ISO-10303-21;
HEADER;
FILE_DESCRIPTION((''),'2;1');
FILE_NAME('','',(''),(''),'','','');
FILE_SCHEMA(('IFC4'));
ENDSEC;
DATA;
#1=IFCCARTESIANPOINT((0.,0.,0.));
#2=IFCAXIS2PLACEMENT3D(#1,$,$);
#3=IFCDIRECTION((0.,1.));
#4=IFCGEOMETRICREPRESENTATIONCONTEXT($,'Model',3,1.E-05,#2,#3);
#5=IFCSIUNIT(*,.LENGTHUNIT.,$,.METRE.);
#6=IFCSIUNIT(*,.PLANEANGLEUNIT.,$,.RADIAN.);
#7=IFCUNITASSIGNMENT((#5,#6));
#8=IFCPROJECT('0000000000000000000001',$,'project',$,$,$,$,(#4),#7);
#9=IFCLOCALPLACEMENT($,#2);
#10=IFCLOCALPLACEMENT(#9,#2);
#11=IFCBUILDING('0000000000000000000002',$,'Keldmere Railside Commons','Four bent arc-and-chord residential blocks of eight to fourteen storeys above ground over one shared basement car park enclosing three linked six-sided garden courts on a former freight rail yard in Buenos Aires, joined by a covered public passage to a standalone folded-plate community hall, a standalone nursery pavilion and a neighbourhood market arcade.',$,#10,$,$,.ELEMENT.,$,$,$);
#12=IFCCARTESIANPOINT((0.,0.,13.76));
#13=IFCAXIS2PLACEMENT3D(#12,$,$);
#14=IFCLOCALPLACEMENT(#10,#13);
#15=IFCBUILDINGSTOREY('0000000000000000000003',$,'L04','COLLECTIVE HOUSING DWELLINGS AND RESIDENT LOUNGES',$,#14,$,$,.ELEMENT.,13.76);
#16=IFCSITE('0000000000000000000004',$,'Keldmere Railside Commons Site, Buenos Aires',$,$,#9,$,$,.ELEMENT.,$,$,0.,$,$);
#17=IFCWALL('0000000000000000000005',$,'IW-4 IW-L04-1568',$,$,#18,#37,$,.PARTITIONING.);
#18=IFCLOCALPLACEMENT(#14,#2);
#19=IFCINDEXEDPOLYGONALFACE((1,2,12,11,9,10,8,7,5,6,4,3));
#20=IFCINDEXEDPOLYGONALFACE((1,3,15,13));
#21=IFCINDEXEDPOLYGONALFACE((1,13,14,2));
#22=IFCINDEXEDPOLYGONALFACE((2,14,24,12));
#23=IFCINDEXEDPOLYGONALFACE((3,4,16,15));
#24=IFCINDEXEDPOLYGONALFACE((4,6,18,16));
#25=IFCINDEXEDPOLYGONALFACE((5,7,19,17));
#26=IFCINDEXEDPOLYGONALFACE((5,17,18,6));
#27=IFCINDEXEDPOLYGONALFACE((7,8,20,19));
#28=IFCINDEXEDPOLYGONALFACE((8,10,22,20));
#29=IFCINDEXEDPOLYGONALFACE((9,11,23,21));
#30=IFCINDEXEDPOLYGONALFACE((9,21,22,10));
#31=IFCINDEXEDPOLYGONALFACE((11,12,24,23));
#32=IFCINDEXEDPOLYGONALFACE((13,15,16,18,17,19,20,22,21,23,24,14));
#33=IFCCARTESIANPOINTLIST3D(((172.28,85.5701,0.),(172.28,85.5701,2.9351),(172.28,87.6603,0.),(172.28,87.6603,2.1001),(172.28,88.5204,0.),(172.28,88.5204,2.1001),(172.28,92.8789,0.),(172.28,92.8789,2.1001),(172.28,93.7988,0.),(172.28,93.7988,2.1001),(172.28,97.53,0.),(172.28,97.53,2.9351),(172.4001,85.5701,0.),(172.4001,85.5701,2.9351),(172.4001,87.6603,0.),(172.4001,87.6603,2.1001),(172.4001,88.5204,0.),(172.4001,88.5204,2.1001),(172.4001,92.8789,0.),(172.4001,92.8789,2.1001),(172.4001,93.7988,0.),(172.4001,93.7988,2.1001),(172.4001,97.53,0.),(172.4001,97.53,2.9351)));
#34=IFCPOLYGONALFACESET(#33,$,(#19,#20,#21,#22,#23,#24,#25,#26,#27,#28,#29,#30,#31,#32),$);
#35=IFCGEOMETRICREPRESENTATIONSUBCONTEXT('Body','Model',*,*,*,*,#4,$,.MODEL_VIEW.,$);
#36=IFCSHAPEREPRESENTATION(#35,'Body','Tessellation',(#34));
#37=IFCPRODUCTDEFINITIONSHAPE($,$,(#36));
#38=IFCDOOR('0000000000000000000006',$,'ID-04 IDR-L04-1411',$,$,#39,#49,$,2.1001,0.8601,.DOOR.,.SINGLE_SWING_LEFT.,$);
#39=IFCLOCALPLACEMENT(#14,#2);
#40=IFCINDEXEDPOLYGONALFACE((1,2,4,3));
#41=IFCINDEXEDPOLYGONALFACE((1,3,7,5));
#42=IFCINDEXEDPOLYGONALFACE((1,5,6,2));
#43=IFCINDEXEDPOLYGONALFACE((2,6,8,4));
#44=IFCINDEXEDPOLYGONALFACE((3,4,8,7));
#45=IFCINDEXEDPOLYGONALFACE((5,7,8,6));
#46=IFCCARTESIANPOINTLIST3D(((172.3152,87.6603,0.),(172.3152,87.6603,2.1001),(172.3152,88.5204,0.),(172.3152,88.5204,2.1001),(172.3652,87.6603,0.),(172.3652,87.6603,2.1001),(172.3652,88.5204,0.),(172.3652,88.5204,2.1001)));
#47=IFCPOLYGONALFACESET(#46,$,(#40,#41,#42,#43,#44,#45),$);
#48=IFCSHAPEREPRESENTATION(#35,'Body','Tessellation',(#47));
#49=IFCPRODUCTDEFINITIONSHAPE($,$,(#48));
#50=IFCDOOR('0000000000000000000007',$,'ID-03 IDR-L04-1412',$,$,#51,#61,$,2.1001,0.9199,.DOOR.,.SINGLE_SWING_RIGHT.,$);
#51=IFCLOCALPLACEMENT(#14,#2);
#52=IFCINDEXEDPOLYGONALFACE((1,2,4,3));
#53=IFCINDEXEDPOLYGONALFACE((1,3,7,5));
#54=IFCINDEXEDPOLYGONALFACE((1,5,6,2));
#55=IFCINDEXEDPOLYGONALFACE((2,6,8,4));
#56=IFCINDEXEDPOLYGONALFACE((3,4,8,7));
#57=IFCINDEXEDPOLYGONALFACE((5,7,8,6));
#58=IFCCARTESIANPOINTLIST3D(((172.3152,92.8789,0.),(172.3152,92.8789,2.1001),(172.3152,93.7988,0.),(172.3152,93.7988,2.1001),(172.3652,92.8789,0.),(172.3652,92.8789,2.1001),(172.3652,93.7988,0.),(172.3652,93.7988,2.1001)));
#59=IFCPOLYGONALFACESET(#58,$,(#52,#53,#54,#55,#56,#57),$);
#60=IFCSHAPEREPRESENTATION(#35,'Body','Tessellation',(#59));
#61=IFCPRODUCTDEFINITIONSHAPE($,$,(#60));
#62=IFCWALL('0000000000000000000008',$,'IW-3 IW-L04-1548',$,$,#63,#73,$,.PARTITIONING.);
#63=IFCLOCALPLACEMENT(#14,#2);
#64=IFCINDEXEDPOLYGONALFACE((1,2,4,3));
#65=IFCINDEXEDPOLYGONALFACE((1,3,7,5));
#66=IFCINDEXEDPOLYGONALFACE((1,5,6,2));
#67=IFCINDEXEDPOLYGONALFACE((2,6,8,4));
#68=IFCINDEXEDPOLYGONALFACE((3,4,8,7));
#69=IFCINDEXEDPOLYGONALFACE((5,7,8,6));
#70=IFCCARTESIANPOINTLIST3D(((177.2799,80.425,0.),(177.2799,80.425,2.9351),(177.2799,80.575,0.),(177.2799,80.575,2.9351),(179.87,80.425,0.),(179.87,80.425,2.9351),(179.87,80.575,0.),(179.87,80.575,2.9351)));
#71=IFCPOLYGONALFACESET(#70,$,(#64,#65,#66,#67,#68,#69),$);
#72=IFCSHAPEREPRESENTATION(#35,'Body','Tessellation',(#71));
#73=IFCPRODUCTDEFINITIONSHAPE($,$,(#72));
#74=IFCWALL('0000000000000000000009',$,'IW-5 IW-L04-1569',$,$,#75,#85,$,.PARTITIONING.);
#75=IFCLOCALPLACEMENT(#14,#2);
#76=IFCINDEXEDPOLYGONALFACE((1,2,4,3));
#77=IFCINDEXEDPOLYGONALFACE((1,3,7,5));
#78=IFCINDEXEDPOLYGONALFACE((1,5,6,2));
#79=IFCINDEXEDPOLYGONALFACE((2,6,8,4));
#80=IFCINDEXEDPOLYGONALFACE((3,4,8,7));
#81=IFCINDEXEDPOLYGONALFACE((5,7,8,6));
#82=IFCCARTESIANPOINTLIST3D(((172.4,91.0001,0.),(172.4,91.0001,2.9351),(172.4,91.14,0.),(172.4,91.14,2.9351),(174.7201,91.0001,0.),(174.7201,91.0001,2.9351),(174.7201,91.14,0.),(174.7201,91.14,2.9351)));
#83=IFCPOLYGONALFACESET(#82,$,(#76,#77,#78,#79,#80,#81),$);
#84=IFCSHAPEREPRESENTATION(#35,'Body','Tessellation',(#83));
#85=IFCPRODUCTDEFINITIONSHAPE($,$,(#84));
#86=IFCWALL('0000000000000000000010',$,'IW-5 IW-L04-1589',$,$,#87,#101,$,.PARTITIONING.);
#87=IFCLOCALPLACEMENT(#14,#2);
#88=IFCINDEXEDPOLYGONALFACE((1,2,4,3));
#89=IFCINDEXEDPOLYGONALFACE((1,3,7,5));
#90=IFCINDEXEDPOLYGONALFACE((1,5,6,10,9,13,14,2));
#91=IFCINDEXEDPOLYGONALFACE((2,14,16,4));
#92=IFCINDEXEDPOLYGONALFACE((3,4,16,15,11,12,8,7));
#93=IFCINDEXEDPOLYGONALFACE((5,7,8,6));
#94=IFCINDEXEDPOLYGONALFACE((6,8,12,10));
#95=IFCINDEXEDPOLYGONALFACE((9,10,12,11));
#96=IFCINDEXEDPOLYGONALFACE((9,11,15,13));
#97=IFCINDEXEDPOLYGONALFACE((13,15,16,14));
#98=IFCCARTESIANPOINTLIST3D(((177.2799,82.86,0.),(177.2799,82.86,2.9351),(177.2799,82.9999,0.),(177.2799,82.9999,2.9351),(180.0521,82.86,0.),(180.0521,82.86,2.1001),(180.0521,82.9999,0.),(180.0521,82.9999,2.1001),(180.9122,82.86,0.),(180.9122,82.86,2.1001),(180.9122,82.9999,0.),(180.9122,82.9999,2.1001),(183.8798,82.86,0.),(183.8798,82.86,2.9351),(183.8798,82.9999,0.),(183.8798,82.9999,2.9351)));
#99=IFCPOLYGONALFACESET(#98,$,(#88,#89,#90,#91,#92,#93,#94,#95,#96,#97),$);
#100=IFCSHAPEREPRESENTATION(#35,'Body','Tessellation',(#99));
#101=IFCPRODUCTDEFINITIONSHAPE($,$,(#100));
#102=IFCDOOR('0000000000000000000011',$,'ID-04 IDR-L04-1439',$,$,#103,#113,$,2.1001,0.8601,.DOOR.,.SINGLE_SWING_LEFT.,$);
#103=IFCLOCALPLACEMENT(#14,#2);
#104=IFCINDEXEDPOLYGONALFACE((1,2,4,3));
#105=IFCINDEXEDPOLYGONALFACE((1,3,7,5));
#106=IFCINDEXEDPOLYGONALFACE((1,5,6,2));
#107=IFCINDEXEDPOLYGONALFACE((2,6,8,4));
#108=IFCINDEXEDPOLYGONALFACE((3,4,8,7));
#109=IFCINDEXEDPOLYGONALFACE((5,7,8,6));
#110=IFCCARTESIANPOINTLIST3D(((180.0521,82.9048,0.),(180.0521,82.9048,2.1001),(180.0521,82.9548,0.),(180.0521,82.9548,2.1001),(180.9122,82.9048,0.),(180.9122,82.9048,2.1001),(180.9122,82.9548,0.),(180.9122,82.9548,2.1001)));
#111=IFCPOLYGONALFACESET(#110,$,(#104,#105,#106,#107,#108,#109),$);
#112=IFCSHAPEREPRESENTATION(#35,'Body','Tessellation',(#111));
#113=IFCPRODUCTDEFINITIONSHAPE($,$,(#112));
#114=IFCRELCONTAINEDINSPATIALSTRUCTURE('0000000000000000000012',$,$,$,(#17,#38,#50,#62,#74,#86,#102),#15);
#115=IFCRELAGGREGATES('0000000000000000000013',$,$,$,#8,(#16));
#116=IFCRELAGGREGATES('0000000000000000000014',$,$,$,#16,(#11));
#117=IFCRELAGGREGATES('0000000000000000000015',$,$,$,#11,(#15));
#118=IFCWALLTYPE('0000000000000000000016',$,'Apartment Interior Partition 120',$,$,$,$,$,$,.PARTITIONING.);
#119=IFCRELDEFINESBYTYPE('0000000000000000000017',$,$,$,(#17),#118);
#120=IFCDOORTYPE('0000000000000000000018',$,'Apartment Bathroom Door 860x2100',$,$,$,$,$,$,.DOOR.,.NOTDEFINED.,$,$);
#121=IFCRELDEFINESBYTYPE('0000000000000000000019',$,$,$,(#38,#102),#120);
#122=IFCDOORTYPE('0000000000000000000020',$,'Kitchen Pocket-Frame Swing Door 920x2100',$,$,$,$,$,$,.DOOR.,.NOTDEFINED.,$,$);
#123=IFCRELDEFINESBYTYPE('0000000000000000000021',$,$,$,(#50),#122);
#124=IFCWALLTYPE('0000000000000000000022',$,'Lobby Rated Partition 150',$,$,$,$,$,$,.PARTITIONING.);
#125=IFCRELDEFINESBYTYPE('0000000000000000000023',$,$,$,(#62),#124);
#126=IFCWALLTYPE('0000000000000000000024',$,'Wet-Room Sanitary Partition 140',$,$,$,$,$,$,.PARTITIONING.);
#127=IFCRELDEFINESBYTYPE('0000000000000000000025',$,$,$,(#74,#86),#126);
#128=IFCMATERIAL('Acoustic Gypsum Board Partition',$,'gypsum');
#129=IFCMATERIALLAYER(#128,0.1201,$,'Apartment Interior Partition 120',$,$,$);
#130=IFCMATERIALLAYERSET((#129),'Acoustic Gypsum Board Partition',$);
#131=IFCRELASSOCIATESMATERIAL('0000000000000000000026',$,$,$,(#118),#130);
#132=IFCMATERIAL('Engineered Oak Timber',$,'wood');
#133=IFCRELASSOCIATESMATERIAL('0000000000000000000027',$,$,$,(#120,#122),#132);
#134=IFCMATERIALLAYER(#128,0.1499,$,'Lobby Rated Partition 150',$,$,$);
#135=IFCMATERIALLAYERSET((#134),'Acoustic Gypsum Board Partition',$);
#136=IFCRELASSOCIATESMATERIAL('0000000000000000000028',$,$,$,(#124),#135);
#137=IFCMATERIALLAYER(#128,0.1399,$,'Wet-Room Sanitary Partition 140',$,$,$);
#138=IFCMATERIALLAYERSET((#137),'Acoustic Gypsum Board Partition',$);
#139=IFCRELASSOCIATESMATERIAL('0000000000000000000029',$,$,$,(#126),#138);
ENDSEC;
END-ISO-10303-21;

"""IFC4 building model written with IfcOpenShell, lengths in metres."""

from ifc_helpers import new_model, si_unit, direction, frame, frame_2d, origin, place, context, subcontext, project, spatial, rectangle, extrude, material, layer, layer_set, type_object, element, fill, save


model = new_model("IFC4")

# Units and contexts
model_context = context("Model", 3, precision=1e-05, world=origin(), true_north=direction((0.0, 1.0)))
body_context = subcontext(model_context, "Body", "Model", "MODEL_VIEW")
ifc_project = project(units=[si_unit("LENGTHUNIT", "METRE"), si_unit("PLANEANGLEUNIT", "RADIAN")], contexts=[model_context])

# Site, building, storey
site_placement = place(None, origin())
site = spatial("IfcSite", under=ifc_project, at=site_placement, Name="Keldmere Railside Commons Site, Buenos Aires", CompositionType="ELEMENT", RefElevation=0.0)
building_placement = place(site_placement, origin())
building = spatial("IfcBuilding", under=site, at=building_placement, Name="Keldmere Railside Commons", Description="Four bent arc-and-chord residential blocks of eight to fourteen storeys above ground over one shared basement car park enclosing three linked six-sided garden courts on a former freight rail yard in Buenos Aires, joined by a covered public passage to a standalone folded-plate community hall, a standalone nursery pavilion and a neighbourhood market arcade.", CompositionType="ELEMENT")
storey_placement = place(building_placement, frame((0.0, 0.0, 13.76)))
storey = spatial("IfcBuildingStorey", under=building, at=storey_placement, Name="L04", Description="COLLECTIVE HOUSING DWELLINGS AND RESIDENT LOUNGES", CompositionType="ELEMENT", Elevation=13.76)

# Shared definitions
ifc_material_1 = material(Name="Acoustic Gypsum Board Partition", Category="gypsum")

# Shared definitions
ifc_layer_1 = layer(ifc_material_1, 0.1201, Name="Apartment Interior Partition 120")
ifc_layer_set_1 = layer_set([ifc_layer_1], Name="Acoustic Gypsum Board Partition")
wall_type_1 = type_object("IfcWallType", Name="Apartment Interior Partition 120", PredefinedType="PARTITIONING", material=ifc_layer_set_1)
ifc_material_2 = material(Name="Engineered Oak Timber", Category="wood")

# Wall, openings, doors
wall_1_placement = place(storey_placement, frame((172.3401, 85.5701, 0.0), z_axis=(0.0, 0.0, 1.0), x_axis=(0.0, 1.0, 0.0)))
wall_1 = element("IfcWall", 1, at=wall_1_placement, inside=storey, type_object=wall_type_1, Name="IW-4 IW-L04-1568", PredefinedType="PARTITIONING", context=body_context, shape_type="SweptSolid", body=[
    extrude(rectangle(XDim=11.96, YDim=0.1201, at=frame_2d((5.98, 0.0))), origin(), (0.0, 0.0, 1.0), 2.9351),
])
opening_1_placement = place(wall_1_placement, frame((2.0901, 0.0, 0.0)))
opening_1 = element("IfcOpeningElement", 2, at=opening_1_placement, cuts=wall_1, PredefinedType="OPENING", context=body_context, shape_type="SweptSolid", body=[
    extrude(rectangle(XDim=0.8601, YDim=2.1001, at=frame_2d((0.4302, 1.05))), frame((0.0, 0.0701, 0.0), z_axis=(0.0, -1.0, 0.0), x_axis=(1.0, 0.0, 0.0)), (0.0, 0.0, 1.0), 0.1401),
])
opening_2_placement = place(wall_1_placement, frame((7.3088, 0.0, 0.0)))
opening_2 = element("IfcOpeningElement", 3, at=opening_2_placement, cuts=wall_1, PredefinedType="OPENING", context=body_context, shape_type="SweptSolid", body=[
    extrude(rectangle(XDim=0.9199, YDim=2.1001, at=frame_2d((0.46, 1.05))), frame((0.0, 0.0701, 0.0), z_axis=(0.0, -1.0, 0.0), x_axis=(1.0, 0.0, 0.0)), (0.0, 0.0, 1.0), 0.1401),
])
door_type_1 = type_object("IfcDoorType", Name="Apartment Bathroom Door 860x2100", OperationType="NOTDEFINED", PredefinedType="DOOR", material=ifc_material_2)
door_1_placement = place(opening_1_placement, origin())
door_1 = element("IfcDoor", 4, at=door_1_placement, inside=storey, type_object=door_type_1, Name="ID-04 IDR-L04-1411", OperationType="SINGLE_SWING_LEFT", OverallHeight=2.1001, OverallWidth=0.8601, PredefinedType="DOOR", context=body_context, shape_type="SweptSolid", body=[
    extrude(rectangle(XDim=0.8601, YDim=2.1001, at=frame_2d((0.4302, 1.05))), frame((0.0, 0.0249, 0.0), z_axis=(0.0, -1.0, 0.0), x_axis=(1.0, 0.0, 0.0)), (0.0, 0.0, 1.0), 0.05),
])
fill(opening_1, door_1)
door_type_2 = type_object("IfcDoorType", Name="Kitchen Pocket-Frame Swing Door 920x2100", OperationType="NOTDEFINED", PredefinedType="DOOR", material=ifc_material_2)
door_2_placement = place(opening_2_placement, origin())
door_2 = element("IfcDoor", 5, at=door_2_placement, inside=storey, type_object=door_type_2, Name="ID-03 IDR-L04-1412", OperationType="SINGLE_SWING_RIGHT", OverallHeight=2.1001, OverallWidth=0.9199, PredefinedType="DOOR", context=body_context, shape_type="SweptSolid", body=[
    extrude(rectangle(XDim=0.9199, YDim=2.1001, at=frame_2d((0.46, 1.05))), frame((0.0, 0.0249, 0.0), z_axis=(0.0, -1.0, 0.0), x_axis=(1.0, 0.0, 0.0)), (0.0, 0.0, 1.0), 0.05),
])
fill(opening_2, door_2)

# Walls
ifc_layer_2 = layer(ifc_material_1, 0.1499, Name="Lobby Rated Partition 150")
ifc_layer_set_2 = layer_set([ifc_layer_2], Name="Acoustic Gypsum Board Partition")
wall_type_2 = type_object("IfcWallType", Name="Lobby Rated Partition 150", PredefinedType="PARTITIONING", material=ifc_layer_set_2)
wall_2_placement = place(storey_placement, frame((177.28, 80.5, 0.0), z_axis=(0.0, 0.0, 1.0), x_axis=(1.0, 0.0, 0.0)))
element("IfcWall", 6, at=wall_2_placement, inside=storey, type_object=wall_type_2, Name="IW-3 IW-L04-1548", PredefinedType="PARTITIONING", context=body_context, shape_type="SweptSolid", body=[
    extrude(rectangle(XDim=2.5901, YDim=0.1499, at=frame_2d((1.2949, 0.0))), origin(), (0.0, 0.0, 1.0), 2.9351),
])
ifc_layer_3 = layer(ifc_material_1, 0.1399, Name="Wet-Room Sanitary Partition 140")
ifc_layer_set_3 = layer_set([ifc_layer_3], Name="Acoustic Gypsum Board Partition")
wall_type_3 = type_object("IfcWallType", Name="Wet-Room Sanitary Partition 140", PredefinedType="PARTITIONING", material=ifc_layer_set_3)
wall_3_placement = place(storey_placement, frame((172.3999, 91.0701, 0.0), z_axis=(0.0, 0.0, 1.0), x_axis=(1.0, 0.0, 0.0)))
element("IfcWall", 7, at=wall_3_placement, inside=storey, type_object=wall_type_3, Name="IW-5 IW-L04-1569", PredefinedType="PARTITIONING", context=body_context, shape_type="SweptSolid", body=[
    extrude(rectangle(XDim=2.3201, YDim=0.1399, at=frame_2d((1.1602, 0.0))), origin(), (0.0, 0.0, 1.0), 2.9351),
])

# Wall, opening, door
wall_4_placement = place(storey_placement, frame((177.28, 82.9299, 0.0), z_axis=(0.0, 0.0, 1.0), x_axis=(1.0, 0.0, 0.0)))
wall_4 = element("IfcWall", 8, at=wall_4_placement, inside=storey, type_object=wall_type_3, Name="IW-5 IW-L04-1589", PredefinedType="PARTITIONING", context=body_context, shape_type="SweptSolid", body=[
    extrude(rectangle(XDim=6.5999, YDim=0.1399, at=frame_2d((3.2998, 0.0))), origin(), (0.0, 0.0, 1.0), 2.9351),
])
opening_3_placement = place(wall_4_placement, frame((2.772, 0.0, 0.0)))
opening_3 = element("IfcOpeningElement", 9, at=opening_3_placement, cuts=wall_4, PredefinedType="OPENING", context=body_context, shape_type="SweptSolid", body=[
    extrude(rectangle(XDim=0.8601, YDim=2.1001, at=frame_2d((0.4302, 1.05))), frame((0.0, 0.0798, 0.0), z_axis=(0.0, -1.0, 0.0), x_axis=(1.0, 0.0, 0.0)), (0.0, 0.0, 1.0), 0.1599),
])
door_3_placement = place(opening_3_placement, origin())
door_3 = element("IfcDoor", 10, at=door_3_placement, inside=storey, type_object=door_type_1, Name="ID-04 IDR-L04-1439", OperationType="SINGLE_SWING_LEFT", OverallHeight=2.1001, OverallWidth=0.8601, PredefinedType="DOOR", context=body_context, shape_type="SweptSolid", body=[
    extrude(rectangle(XDim=0.8601, YDim=2.1001, at=frame_2d((0.4302, 1.05))), frame((0.0, 0.0249, 0.0), z_axis=(0.0, -1.0, 0.0), x_axis=(1.0, 0.0, 0.0)), (0.0, 0.0, 1.0), 0.05),
])
fill(opening_3, door_3)

save(model, "model.ifc")
